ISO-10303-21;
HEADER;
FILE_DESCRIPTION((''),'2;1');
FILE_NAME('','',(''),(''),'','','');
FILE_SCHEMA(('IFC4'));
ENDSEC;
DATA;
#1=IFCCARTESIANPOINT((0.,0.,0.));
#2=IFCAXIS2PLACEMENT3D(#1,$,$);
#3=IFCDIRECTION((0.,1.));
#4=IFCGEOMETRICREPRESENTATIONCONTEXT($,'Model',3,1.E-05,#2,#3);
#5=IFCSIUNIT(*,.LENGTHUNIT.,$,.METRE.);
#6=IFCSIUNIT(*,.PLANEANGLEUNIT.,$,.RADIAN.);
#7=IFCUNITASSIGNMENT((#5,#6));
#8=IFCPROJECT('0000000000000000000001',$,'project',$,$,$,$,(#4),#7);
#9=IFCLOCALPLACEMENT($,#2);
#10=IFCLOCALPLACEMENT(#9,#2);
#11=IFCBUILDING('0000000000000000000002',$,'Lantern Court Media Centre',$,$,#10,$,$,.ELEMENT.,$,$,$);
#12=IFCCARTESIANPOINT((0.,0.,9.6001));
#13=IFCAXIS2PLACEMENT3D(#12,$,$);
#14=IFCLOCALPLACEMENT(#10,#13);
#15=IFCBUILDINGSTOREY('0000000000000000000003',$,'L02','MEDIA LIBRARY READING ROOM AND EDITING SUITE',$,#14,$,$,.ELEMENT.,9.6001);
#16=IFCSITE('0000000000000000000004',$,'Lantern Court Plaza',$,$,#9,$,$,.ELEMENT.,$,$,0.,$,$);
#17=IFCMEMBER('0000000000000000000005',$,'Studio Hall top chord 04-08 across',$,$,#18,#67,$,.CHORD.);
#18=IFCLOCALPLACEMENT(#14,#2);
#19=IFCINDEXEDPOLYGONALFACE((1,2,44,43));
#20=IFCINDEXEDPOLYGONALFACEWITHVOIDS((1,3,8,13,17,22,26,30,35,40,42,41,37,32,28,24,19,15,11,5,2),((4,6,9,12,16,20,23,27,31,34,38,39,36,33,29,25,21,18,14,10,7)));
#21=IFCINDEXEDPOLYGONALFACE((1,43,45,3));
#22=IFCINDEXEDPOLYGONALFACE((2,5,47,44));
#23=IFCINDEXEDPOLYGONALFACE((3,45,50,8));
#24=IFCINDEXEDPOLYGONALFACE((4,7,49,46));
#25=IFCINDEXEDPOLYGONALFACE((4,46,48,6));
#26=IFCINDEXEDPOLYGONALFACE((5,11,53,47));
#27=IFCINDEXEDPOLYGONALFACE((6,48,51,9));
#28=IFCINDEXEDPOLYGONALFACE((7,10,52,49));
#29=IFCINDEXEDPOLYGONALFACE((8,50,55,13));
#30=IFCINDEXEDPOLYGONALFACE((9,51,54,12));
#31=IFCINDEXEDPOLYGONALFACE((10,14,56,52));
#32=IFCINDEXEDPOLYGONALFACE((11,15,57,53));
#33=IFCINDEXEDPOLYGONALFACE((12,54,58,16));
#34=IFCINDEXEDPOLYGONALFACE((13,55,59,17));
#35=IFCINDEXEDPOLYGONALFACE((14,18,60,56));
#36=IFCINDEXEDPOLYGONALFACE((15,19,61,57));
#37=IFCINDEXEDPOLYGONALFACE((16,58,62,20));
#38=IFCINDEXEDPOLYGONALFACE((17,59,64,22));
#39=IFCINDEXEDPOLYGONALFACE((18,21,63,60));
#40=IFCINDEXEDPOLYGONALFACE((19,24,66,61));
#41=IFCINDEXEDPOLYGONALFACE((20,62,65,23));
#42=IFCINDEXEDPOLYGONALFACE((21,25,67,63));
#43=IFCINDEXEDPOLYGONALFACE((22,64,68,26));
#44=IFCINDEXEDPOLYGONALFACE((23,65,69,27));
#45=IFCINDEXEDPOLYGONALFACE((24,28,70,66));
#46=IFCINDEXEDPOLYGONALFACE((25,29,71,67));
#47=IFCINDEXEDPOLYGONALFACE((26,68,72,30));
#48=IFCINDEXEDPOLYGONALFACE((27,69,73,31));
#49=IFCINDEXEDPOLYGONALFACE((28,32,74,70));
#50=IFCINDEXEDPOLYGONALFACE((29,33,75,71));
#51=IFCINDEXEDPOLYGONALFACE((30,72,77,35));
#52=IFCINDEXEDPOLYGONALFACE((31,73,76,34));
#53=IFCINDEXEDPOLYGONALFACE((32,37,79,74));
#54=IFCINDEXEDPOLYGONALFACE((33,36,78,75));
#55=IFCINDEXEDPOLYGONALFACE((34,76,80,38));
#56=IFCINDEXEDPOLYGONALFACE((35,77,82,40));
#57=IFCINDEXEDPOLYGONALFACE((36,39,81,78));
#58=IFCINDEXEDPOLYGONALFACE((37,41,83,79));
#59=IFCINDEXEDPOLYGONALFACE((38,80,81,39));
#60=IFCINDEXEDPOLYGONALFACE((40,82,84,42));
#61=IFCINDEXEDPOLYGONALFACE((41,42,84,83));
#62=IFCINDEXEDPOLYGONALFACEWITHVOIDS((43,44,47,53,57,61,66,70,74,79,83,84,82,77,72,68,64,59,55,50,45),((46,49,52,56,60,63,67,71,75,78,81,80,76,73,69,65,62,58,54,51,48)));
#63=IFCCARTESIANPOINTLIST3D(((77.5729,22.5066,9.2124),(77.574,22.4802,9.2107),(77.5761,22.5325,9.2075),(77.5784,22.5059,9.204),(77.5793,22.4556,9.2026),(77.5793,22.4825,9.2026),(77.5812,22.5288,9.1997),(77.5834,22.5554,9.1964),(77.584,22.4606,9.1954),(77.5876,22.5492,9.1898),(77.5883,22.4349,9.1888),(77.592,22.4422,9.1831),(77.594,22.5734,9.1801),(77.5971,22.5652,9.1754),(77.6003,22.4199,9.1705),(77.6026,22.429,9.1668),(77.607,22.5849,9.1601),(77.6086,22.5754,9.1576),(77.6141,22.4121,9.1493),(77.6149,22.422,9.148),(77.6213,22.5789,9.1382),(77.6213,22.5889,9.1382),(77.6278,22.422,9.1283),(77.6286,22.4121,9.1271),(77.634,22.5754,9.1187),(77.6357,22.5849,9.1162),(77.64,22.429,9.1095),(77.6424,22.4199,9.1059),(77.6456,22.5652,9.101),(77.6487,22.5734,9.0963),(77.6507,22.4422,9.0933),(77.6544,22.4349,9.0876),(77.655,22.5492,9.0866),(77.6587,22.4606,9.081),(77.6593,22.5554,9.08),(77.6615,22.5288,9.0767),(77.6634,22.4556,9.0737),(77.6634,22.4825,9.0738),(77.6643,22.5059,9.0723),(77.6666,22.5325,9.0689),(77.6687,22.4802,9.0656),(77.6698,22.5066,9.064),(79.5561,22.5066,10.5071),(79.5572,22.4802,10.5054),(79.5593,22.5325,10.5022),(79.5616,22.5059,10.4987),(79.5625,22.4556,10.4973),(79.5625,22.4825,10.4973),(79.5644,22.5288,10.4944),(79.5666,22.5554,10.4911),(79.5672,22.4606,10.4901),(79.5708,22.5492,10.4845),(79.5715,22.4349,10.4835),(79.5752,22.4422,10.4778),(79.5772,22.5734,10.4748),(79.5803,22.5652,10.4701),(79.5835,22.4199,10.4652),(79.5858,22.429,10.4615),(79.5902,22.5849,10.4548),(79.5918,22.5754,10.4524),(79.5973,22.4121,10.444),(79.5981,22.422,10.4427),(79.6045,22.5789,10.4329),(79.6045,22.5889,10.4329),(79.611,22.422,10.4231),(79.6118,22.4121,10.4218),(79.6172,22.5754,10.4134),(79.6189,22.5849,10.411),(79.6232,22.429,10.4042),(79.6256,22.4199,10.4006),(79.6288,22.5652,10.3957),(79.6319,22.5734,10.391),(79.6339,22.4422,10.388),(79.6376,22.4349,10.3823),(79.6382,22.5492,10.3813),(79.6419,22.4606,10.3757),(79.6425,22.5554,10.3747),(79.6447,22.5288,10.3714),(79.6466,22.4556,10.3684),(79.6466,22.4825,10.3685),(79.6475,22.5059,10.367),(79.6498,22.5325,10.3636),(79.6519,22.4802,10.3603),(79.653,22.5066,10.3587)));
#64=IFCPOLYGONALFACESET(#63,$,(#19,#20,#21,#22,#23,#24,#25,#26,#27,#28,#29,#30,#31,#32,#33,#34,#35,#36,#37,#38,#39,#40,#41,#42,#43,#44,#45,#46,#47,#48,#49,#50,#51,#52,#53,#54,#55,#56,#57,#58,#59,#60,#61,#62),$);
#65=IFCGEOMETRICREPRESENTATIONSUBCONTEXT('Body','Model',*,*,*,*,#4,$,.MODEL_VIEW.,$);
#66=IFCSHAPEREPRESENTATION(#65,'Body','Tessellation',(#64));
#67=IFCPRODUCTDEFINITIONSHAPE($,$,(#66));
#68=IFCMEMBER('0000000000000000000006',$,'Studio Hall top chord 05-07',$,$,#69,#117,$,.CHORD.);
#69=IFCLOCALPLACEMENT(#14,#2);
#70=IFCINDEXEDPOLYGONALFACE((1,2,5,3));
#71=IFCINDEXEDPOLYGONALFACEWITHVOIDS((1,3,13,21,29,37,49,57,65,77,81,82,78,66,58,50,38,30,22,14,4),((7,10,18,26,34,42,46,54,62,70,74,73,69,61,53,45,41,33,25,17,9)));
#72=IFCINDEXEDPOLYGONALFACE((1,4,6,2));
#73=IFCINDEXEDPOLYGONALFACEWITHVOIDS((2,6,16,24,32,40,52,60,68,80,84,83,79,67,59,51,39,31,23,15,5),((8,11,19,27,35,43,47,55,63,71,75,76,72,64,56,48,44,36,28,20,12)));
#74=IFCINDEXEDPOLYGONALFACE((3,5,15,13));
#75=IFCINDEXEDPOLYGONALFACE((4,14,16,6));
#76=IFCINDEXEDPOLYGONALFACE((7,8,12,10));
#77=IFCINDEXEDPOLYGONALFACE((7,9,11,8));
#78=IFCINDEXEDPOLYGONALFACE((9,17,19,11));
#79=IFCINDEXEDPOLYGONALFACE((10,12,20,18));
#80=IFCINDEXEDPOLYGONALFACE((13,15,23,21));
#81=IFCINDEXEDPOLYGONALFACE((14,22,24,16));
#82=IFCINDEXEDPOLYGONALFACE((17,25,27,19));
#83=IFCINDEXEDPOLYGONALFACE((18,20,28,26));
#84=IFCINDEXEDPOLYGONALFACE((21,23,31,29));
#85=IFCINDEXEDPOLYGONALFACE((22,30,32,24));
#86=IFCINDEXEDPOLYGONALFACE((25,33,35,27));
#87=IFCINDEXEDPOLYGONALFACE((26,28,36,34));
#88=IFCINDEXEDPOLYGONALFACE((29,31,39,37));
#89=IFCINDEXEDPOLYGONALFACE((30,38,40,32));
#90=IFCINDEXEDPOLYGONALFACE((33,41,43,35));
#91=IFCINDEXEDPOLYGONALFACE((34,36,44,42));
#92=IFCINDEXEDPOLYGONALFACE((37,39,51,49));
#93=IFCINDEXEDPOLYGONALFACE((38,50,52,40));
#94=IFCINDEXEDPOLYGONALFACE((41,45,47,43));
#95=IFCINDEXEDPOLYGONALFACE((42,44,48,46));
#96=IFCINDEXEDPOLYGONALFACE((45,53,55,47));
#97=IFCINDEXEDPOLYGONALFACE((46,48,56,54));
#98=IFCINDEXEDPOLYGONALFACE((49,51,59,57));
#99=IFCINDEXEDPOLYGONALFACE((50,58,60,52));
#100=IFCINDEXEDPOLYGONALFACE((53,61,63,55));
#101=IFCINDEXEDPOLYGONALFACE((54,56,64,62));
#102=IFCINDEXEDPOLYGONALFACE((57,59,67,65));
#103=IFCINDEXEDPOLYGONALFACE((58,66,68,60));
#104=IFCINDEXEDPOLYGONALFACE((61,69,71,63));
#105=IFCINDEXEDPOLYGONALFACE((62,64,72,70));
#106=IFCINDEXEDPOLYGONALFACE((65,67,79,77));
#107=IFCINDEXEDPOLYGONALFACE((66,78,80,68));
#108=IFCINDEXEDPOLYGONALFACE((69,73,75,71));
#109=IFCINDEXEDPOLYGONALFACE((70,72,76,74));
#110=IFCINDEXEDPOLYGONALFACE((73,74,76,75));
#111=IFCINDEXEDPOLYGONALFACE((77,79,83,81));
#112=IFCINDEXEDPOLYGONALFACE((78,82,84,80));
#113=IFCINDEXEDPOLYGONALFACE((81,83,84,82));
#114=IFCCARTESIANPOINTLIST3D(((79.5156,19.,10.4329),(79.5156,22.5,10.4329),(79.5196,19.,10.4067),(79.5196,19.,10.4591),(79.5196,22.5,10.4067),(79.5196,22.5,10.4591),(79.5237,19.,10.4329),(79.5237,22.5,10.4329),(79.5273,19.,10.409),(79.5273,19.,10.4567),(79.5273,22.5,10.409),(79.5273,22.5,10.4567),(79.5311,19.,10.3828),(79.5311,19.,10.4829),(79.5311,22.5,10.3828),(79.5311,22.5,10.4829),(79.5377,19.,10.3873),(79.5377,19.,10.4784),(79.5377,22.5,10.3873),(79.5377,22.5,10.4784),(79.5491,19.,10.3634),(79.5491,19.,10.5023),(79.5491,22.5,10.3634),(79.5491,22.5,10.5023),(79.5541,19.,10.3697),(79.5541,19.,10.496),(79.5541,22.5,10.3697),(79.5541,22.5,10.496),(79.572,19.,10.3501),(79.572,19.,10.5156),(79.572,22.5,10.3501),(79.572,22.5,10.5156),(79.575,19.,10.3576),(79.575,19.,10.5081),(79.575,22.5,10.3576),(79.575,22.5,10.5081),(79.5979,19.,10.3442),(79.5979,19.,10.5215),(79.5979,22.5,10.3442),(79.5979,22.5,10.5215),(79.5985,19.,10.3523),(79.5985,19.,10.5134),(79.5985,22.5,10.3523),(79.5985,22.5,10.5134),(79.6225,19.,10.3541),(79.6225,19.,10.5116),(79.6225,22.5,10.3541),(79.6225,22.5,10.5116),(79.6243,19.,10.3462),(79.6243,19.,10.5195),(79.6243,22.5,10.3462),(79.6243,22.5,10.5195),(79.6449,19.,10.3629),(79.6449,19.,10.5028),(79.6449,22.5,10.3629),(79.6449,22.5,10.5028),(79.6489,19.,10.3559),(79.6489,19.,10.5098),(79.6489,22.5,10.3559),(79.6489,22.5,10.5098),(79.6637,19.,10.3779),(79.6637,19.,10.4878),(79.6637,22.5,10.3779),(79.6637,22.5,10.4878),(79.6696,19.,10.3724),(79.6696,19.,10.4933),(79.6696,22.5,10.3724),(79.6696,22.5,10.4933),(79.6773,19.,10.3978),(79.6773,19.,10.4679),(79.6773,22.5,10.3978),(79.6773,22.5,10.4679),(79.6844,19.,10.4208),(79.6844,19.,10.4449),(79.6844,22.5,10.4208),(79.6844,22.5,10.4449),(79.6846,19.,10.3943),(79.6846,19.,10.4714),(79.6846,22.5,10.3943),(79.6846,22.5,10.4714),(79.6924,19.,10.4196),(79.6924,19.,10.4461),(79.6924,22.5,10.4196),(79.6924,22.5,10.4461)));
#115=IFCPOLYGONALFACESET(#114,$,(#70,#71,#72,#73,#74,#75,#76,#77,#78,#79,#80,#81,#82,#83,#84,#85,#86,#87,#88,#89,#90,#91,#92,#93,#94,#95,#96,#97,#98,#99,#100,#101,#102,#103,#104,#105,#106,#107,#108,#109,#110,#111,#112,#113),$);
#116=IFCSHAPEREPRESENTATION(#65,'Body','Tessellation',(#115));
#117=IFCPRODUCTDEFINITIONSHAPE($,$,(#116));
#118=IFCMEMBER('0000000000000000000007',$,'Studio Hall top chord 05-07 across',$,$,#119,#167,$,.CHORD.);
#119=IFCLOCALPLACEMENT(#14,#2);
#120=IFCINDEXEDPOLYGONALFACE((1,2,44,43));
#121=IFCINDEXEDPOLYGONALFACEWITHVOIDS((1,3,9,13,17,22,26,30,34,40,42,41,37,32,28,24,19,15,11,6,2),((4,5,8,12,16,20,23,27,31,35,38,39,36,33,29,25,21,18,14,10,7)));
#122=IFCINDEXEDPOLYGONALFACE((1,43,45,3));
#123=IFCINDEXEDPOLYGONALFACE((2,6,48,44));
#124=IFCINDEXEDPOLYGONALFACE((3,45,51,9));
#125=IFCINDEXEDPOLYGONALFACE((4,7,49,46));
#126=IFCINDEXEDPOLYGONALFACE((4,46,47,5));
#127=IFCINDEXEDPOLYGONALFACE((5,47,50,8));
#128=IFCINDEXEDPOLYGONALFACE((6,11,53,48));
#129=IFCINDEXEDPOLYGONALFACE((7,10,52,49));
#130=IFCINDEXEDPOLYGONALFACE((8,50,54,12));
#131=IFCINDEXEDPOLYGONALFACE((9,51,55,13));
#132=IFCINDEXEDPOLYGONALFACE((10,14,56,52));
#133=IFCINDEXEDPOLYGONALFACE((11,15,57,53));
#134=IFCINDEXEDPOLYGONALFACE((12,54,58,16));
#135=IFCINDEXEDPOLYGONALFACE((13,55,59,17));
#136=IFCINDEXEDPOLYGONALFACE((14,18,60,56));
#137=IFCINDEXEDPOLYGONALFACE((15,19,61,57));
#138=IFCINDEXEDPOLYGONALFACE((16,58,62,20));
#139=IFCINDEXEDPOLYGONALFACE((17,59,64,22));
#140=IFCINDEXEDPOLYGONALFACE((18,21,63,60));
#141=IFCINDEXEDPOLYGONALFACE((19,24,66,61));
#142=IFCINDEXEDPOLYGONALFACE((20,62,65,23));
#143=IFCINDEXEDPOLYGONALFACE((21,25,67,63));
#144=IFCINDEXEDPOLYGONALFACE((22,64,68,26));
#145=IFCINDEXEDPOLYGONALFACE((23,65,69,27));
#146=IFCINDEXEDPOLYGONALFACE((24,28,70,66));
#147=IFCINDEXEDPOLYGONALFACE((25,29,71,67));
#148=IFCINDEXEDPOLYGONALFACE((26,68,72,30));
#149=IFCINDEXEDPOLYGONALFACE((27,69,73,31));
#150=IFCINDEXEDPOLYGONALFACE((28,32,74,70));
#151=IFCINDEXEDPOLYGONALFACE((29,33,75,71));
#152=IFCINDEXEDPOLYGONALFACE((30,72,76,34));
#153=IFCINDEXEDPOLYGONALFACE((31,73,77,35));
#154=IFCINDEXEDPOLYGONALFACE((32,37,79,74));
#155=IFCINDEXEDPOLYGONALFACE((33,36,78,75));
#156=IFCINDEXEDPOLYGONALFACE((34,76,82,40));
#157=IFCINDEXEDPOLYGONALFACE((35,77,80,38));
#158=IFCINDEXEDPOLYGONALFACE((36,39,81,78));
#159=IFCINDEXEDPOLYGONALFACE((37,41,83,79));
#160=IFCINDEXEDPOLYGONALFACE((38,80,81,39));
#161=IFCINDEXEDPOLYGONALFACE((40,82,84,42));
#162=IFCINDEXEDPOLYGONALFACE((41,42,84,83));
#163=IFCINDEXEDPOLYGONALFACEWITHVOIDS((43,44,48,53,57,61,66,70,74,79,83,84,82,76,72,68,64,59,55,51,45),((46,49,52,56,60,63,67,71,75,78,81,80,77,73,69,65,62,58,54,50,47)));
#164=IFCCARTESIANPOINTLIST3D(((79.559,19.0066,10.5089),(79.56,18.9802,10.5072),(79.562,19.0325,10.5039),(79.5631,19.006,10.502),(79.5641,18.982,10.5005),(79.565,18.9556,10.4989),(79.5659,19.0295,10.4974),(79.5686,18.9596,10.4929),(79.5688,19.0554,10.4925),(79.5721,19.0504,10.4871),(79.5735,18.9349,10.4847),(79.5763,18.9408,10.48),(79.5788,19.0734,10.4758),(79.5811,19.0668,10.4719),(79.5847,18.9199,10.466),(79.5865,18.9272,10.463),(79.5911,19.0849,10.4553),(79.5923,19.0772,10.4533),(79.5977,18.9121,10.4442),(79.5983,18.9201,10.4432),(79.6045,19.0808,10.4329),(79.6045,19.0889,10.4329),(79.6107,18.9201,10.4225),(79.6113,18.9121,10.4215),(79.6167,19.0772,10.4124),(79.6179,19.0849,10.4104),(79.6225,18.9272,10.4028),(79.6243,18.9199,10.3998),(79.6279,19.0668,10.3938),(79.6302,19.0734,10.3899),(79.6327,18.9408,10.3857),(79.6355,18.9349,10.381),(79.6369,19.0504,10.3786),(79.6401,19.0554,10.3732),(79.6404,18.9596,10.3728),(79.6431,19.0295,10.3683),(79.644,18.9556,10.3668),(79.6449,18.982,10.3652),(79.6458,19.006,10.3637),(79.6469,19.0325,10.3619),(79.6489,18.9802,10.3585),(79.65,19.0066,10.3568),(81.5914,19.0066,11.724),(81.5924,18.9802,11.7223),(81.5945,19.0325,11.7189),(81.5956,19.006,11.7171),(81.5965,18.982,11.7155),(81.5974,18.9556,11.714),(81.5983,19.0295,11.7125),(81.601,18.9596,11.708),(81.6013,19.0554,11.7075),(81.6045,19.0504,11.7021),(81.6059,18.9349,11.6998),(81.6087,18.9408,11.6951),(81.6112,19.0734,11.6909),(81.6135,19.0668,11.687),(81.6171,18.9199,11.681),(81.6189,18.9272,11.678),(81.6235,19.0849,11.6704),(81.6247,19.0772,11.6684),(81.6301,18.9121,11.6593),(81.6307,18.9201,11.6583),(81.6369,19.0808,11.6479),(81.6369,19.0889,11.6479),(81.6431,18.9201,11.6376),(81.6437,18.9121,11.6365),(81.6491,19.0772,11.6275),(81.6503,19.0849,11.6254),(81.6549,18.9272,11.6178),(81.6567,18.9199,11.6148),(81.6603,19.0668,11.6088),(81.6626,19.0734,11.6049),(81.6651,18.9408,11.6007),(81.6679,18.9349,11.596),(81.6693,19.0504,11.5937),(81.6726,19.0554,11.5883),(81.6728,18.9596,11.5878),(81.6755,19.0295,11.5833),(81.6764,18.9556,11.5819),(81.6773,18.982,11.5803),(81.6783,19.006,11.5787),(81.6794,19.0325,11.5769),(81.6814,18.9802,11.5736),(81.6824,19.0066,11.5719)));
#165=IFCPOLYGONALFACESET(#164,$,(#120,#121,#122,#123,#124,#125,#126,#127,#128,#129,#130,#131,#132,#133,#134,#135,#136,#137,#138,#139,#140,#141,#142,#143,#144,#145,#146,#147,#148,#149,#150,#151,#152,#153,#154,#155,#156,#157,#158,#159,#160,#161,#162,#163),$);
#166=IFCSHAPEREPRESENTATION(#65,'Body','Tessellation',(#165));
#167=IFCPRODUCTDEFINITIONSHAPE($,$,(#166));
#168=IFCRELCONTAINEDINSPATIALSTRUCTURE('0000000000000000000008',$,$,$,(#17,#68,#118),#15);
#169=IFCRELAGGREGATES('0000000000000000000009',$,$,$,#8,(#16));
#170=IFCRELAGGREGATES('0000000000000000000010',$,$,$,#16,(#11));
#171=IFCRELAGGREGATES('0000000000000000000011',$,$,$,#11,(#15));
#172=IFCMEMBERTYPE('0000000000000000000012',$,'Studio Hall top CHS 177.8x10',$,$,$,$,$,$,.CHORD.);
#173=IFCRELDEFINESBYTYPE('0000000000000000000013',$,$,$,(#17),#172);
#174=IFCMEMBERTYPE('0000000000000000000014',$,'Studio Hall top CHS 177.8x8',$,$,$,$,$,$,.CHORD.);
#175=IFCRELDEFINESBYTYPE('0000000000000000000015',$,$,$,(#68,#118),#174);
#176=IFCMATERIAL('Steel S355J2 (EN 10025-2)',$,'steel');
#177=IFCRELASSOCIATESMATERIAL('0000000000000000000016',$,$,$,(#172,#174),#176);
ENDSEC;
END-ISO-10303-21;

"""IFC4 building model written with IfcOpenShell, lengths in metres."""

from ifc_helpers import new_model, si_unit, direction, frame, origin, origin_2d, place, context, subcontext, project, spatial, hollow_circle, extrude, material, material_profile, profile_set, type_object, element, save


model = new_model("IFC4")

# Units and contexts
model_context = context("Model", 3, precision=1e-05, world=origin(), true_north=direction((0.0, 1.0)))
body_context = subcontext(model_context, "Body", "Model", "MODEL_VIEW")
ifc_project = project(units=[si_unit("LENGTHUNIT", "METRE"), si_unit("PLANEANGLEUNIT", "RADIAN")], contexts=[model_context])

# Site, building, storey
site_placement = place(None, origin())
site = spatial("IfcSite", under=ifc_project, at=site_placement, Name="Lantern Court Plaza", CompositionType="ELEMENT", RefElevation=0.0)
building_placement = place(site_placement, origin())
building = spatial("IfcBuilding", under=site, at=building_placement, Name="Lantern Court Media Centre", CompositionType="ELEMENT")
storey_placement = place(building_placement, frame((0.0, 0.0, 9.6001)))
storey = spatial("IfcBuildingStorey", under=building, at=storey_placement, Name="L02", Description="MEDIA LIBRARY READING ROOM AND EDITING SUITE", CompositionType="ELEMENT", Elevation=9.6001)

# Members
ifc_material = material(Name="Steel S355J2 (EN 10025-2)", Category="steel")
ifc_material_profile_1 = material_profile(ifc_material, hollow_circle(Radius=0.0889, WallThickness=0.01, at=origin_2d()), Name="Studio Hall top CHS 177.8x10")
ifc_profile_set_1 = profile_set([ifc_material_profile_1], Name="Steel S355J2 (EN 10025-2)")
member_type_1 = type_object("IfcMemberType", Name="Studio Hall top CHS 177.8x10", PredefinedType="CHORD", material=ifc_profile_set_1)
for number, where, z_axis, x_axis, name in (
    (1, (77.6213, 22.5, 9.1382), (0.837356, 0.0, 0.546658), (0.0, 1.0, 0.0), "Studio Hall top chord 04-08 across"),
):
    element("IfcMember", number, at=place(storey_placement, frame(where, z_axis=z_axis, x_axis=x_axis)), inside=storey, type_object=member_type_1, Name=name, PredefinedType="CHORD", context=body_context, shape_type="SweptSolid", body=[
        extrude(hollow_circle(Radius=0.0889, WallThickness=0.01, at=origin_2d()), origin(), (0.0, 0.0, 1.0), 2.3684),
    ])
ifc_material_profile_2 = material_profile(ifc_material, hollow_circle(Radius=0.0889, WallThickness=0.0081, at=origin_2d()), Name="Studio Hall top CHS 177.8x8")
ifc_profile_set_2 = profile_set([ifc_material_profile_2], Name="Steel S355J2 (EN 10025-2)")
member_type_2 = type_object("IfcMemberType", Name="Studio Hall top CHS 177.8x8", PredefinedType="CHORD", material=ifc_profile_set_2)
member_1_placement = place(storey_placement, frame((79.6045, 19.0, 10.4329), z_axis=(0.0, 1.0, 0.0), x_axis=(-1.0, 0.0, 0.0)))
element("IfcMember", 2, at=member_1_placement, inside=storey, type_object=member_type_2, Name="Studio Hall top chord 05-07", PredefinedType="CHORD", context=body_context, shape_type="SweptSolid", body=[
    extrude(hollow_circle(Radius=0.0889, WallThickness=0.0081, at=origin_2d()), origin(), (0.0, 0.0, 1.0), 3.5),
])
member_2_placement = place(storey_placement, frame((79.6045, 19.0, 10.4329), z_axis=(0.858311, 0.0, 0.513131), x_axis=(0.0, 1.0, 0.0)))
element("IfcMember", 3, at=member_2_placement, inside=storey, type_object=member_type_2, Name="Studio Hall top chord 05-07 across", PredefinedType="CHORD", context=body_context, shape_type="SweptSolid", body=[
    extrude(hollow_circle(Radius=0.0889, WallThickness=0.0081, at=origin_2d()), origin(), (0.0, 0.0, 1.0), 2.3679),
])

save(model, "model.ifc")
